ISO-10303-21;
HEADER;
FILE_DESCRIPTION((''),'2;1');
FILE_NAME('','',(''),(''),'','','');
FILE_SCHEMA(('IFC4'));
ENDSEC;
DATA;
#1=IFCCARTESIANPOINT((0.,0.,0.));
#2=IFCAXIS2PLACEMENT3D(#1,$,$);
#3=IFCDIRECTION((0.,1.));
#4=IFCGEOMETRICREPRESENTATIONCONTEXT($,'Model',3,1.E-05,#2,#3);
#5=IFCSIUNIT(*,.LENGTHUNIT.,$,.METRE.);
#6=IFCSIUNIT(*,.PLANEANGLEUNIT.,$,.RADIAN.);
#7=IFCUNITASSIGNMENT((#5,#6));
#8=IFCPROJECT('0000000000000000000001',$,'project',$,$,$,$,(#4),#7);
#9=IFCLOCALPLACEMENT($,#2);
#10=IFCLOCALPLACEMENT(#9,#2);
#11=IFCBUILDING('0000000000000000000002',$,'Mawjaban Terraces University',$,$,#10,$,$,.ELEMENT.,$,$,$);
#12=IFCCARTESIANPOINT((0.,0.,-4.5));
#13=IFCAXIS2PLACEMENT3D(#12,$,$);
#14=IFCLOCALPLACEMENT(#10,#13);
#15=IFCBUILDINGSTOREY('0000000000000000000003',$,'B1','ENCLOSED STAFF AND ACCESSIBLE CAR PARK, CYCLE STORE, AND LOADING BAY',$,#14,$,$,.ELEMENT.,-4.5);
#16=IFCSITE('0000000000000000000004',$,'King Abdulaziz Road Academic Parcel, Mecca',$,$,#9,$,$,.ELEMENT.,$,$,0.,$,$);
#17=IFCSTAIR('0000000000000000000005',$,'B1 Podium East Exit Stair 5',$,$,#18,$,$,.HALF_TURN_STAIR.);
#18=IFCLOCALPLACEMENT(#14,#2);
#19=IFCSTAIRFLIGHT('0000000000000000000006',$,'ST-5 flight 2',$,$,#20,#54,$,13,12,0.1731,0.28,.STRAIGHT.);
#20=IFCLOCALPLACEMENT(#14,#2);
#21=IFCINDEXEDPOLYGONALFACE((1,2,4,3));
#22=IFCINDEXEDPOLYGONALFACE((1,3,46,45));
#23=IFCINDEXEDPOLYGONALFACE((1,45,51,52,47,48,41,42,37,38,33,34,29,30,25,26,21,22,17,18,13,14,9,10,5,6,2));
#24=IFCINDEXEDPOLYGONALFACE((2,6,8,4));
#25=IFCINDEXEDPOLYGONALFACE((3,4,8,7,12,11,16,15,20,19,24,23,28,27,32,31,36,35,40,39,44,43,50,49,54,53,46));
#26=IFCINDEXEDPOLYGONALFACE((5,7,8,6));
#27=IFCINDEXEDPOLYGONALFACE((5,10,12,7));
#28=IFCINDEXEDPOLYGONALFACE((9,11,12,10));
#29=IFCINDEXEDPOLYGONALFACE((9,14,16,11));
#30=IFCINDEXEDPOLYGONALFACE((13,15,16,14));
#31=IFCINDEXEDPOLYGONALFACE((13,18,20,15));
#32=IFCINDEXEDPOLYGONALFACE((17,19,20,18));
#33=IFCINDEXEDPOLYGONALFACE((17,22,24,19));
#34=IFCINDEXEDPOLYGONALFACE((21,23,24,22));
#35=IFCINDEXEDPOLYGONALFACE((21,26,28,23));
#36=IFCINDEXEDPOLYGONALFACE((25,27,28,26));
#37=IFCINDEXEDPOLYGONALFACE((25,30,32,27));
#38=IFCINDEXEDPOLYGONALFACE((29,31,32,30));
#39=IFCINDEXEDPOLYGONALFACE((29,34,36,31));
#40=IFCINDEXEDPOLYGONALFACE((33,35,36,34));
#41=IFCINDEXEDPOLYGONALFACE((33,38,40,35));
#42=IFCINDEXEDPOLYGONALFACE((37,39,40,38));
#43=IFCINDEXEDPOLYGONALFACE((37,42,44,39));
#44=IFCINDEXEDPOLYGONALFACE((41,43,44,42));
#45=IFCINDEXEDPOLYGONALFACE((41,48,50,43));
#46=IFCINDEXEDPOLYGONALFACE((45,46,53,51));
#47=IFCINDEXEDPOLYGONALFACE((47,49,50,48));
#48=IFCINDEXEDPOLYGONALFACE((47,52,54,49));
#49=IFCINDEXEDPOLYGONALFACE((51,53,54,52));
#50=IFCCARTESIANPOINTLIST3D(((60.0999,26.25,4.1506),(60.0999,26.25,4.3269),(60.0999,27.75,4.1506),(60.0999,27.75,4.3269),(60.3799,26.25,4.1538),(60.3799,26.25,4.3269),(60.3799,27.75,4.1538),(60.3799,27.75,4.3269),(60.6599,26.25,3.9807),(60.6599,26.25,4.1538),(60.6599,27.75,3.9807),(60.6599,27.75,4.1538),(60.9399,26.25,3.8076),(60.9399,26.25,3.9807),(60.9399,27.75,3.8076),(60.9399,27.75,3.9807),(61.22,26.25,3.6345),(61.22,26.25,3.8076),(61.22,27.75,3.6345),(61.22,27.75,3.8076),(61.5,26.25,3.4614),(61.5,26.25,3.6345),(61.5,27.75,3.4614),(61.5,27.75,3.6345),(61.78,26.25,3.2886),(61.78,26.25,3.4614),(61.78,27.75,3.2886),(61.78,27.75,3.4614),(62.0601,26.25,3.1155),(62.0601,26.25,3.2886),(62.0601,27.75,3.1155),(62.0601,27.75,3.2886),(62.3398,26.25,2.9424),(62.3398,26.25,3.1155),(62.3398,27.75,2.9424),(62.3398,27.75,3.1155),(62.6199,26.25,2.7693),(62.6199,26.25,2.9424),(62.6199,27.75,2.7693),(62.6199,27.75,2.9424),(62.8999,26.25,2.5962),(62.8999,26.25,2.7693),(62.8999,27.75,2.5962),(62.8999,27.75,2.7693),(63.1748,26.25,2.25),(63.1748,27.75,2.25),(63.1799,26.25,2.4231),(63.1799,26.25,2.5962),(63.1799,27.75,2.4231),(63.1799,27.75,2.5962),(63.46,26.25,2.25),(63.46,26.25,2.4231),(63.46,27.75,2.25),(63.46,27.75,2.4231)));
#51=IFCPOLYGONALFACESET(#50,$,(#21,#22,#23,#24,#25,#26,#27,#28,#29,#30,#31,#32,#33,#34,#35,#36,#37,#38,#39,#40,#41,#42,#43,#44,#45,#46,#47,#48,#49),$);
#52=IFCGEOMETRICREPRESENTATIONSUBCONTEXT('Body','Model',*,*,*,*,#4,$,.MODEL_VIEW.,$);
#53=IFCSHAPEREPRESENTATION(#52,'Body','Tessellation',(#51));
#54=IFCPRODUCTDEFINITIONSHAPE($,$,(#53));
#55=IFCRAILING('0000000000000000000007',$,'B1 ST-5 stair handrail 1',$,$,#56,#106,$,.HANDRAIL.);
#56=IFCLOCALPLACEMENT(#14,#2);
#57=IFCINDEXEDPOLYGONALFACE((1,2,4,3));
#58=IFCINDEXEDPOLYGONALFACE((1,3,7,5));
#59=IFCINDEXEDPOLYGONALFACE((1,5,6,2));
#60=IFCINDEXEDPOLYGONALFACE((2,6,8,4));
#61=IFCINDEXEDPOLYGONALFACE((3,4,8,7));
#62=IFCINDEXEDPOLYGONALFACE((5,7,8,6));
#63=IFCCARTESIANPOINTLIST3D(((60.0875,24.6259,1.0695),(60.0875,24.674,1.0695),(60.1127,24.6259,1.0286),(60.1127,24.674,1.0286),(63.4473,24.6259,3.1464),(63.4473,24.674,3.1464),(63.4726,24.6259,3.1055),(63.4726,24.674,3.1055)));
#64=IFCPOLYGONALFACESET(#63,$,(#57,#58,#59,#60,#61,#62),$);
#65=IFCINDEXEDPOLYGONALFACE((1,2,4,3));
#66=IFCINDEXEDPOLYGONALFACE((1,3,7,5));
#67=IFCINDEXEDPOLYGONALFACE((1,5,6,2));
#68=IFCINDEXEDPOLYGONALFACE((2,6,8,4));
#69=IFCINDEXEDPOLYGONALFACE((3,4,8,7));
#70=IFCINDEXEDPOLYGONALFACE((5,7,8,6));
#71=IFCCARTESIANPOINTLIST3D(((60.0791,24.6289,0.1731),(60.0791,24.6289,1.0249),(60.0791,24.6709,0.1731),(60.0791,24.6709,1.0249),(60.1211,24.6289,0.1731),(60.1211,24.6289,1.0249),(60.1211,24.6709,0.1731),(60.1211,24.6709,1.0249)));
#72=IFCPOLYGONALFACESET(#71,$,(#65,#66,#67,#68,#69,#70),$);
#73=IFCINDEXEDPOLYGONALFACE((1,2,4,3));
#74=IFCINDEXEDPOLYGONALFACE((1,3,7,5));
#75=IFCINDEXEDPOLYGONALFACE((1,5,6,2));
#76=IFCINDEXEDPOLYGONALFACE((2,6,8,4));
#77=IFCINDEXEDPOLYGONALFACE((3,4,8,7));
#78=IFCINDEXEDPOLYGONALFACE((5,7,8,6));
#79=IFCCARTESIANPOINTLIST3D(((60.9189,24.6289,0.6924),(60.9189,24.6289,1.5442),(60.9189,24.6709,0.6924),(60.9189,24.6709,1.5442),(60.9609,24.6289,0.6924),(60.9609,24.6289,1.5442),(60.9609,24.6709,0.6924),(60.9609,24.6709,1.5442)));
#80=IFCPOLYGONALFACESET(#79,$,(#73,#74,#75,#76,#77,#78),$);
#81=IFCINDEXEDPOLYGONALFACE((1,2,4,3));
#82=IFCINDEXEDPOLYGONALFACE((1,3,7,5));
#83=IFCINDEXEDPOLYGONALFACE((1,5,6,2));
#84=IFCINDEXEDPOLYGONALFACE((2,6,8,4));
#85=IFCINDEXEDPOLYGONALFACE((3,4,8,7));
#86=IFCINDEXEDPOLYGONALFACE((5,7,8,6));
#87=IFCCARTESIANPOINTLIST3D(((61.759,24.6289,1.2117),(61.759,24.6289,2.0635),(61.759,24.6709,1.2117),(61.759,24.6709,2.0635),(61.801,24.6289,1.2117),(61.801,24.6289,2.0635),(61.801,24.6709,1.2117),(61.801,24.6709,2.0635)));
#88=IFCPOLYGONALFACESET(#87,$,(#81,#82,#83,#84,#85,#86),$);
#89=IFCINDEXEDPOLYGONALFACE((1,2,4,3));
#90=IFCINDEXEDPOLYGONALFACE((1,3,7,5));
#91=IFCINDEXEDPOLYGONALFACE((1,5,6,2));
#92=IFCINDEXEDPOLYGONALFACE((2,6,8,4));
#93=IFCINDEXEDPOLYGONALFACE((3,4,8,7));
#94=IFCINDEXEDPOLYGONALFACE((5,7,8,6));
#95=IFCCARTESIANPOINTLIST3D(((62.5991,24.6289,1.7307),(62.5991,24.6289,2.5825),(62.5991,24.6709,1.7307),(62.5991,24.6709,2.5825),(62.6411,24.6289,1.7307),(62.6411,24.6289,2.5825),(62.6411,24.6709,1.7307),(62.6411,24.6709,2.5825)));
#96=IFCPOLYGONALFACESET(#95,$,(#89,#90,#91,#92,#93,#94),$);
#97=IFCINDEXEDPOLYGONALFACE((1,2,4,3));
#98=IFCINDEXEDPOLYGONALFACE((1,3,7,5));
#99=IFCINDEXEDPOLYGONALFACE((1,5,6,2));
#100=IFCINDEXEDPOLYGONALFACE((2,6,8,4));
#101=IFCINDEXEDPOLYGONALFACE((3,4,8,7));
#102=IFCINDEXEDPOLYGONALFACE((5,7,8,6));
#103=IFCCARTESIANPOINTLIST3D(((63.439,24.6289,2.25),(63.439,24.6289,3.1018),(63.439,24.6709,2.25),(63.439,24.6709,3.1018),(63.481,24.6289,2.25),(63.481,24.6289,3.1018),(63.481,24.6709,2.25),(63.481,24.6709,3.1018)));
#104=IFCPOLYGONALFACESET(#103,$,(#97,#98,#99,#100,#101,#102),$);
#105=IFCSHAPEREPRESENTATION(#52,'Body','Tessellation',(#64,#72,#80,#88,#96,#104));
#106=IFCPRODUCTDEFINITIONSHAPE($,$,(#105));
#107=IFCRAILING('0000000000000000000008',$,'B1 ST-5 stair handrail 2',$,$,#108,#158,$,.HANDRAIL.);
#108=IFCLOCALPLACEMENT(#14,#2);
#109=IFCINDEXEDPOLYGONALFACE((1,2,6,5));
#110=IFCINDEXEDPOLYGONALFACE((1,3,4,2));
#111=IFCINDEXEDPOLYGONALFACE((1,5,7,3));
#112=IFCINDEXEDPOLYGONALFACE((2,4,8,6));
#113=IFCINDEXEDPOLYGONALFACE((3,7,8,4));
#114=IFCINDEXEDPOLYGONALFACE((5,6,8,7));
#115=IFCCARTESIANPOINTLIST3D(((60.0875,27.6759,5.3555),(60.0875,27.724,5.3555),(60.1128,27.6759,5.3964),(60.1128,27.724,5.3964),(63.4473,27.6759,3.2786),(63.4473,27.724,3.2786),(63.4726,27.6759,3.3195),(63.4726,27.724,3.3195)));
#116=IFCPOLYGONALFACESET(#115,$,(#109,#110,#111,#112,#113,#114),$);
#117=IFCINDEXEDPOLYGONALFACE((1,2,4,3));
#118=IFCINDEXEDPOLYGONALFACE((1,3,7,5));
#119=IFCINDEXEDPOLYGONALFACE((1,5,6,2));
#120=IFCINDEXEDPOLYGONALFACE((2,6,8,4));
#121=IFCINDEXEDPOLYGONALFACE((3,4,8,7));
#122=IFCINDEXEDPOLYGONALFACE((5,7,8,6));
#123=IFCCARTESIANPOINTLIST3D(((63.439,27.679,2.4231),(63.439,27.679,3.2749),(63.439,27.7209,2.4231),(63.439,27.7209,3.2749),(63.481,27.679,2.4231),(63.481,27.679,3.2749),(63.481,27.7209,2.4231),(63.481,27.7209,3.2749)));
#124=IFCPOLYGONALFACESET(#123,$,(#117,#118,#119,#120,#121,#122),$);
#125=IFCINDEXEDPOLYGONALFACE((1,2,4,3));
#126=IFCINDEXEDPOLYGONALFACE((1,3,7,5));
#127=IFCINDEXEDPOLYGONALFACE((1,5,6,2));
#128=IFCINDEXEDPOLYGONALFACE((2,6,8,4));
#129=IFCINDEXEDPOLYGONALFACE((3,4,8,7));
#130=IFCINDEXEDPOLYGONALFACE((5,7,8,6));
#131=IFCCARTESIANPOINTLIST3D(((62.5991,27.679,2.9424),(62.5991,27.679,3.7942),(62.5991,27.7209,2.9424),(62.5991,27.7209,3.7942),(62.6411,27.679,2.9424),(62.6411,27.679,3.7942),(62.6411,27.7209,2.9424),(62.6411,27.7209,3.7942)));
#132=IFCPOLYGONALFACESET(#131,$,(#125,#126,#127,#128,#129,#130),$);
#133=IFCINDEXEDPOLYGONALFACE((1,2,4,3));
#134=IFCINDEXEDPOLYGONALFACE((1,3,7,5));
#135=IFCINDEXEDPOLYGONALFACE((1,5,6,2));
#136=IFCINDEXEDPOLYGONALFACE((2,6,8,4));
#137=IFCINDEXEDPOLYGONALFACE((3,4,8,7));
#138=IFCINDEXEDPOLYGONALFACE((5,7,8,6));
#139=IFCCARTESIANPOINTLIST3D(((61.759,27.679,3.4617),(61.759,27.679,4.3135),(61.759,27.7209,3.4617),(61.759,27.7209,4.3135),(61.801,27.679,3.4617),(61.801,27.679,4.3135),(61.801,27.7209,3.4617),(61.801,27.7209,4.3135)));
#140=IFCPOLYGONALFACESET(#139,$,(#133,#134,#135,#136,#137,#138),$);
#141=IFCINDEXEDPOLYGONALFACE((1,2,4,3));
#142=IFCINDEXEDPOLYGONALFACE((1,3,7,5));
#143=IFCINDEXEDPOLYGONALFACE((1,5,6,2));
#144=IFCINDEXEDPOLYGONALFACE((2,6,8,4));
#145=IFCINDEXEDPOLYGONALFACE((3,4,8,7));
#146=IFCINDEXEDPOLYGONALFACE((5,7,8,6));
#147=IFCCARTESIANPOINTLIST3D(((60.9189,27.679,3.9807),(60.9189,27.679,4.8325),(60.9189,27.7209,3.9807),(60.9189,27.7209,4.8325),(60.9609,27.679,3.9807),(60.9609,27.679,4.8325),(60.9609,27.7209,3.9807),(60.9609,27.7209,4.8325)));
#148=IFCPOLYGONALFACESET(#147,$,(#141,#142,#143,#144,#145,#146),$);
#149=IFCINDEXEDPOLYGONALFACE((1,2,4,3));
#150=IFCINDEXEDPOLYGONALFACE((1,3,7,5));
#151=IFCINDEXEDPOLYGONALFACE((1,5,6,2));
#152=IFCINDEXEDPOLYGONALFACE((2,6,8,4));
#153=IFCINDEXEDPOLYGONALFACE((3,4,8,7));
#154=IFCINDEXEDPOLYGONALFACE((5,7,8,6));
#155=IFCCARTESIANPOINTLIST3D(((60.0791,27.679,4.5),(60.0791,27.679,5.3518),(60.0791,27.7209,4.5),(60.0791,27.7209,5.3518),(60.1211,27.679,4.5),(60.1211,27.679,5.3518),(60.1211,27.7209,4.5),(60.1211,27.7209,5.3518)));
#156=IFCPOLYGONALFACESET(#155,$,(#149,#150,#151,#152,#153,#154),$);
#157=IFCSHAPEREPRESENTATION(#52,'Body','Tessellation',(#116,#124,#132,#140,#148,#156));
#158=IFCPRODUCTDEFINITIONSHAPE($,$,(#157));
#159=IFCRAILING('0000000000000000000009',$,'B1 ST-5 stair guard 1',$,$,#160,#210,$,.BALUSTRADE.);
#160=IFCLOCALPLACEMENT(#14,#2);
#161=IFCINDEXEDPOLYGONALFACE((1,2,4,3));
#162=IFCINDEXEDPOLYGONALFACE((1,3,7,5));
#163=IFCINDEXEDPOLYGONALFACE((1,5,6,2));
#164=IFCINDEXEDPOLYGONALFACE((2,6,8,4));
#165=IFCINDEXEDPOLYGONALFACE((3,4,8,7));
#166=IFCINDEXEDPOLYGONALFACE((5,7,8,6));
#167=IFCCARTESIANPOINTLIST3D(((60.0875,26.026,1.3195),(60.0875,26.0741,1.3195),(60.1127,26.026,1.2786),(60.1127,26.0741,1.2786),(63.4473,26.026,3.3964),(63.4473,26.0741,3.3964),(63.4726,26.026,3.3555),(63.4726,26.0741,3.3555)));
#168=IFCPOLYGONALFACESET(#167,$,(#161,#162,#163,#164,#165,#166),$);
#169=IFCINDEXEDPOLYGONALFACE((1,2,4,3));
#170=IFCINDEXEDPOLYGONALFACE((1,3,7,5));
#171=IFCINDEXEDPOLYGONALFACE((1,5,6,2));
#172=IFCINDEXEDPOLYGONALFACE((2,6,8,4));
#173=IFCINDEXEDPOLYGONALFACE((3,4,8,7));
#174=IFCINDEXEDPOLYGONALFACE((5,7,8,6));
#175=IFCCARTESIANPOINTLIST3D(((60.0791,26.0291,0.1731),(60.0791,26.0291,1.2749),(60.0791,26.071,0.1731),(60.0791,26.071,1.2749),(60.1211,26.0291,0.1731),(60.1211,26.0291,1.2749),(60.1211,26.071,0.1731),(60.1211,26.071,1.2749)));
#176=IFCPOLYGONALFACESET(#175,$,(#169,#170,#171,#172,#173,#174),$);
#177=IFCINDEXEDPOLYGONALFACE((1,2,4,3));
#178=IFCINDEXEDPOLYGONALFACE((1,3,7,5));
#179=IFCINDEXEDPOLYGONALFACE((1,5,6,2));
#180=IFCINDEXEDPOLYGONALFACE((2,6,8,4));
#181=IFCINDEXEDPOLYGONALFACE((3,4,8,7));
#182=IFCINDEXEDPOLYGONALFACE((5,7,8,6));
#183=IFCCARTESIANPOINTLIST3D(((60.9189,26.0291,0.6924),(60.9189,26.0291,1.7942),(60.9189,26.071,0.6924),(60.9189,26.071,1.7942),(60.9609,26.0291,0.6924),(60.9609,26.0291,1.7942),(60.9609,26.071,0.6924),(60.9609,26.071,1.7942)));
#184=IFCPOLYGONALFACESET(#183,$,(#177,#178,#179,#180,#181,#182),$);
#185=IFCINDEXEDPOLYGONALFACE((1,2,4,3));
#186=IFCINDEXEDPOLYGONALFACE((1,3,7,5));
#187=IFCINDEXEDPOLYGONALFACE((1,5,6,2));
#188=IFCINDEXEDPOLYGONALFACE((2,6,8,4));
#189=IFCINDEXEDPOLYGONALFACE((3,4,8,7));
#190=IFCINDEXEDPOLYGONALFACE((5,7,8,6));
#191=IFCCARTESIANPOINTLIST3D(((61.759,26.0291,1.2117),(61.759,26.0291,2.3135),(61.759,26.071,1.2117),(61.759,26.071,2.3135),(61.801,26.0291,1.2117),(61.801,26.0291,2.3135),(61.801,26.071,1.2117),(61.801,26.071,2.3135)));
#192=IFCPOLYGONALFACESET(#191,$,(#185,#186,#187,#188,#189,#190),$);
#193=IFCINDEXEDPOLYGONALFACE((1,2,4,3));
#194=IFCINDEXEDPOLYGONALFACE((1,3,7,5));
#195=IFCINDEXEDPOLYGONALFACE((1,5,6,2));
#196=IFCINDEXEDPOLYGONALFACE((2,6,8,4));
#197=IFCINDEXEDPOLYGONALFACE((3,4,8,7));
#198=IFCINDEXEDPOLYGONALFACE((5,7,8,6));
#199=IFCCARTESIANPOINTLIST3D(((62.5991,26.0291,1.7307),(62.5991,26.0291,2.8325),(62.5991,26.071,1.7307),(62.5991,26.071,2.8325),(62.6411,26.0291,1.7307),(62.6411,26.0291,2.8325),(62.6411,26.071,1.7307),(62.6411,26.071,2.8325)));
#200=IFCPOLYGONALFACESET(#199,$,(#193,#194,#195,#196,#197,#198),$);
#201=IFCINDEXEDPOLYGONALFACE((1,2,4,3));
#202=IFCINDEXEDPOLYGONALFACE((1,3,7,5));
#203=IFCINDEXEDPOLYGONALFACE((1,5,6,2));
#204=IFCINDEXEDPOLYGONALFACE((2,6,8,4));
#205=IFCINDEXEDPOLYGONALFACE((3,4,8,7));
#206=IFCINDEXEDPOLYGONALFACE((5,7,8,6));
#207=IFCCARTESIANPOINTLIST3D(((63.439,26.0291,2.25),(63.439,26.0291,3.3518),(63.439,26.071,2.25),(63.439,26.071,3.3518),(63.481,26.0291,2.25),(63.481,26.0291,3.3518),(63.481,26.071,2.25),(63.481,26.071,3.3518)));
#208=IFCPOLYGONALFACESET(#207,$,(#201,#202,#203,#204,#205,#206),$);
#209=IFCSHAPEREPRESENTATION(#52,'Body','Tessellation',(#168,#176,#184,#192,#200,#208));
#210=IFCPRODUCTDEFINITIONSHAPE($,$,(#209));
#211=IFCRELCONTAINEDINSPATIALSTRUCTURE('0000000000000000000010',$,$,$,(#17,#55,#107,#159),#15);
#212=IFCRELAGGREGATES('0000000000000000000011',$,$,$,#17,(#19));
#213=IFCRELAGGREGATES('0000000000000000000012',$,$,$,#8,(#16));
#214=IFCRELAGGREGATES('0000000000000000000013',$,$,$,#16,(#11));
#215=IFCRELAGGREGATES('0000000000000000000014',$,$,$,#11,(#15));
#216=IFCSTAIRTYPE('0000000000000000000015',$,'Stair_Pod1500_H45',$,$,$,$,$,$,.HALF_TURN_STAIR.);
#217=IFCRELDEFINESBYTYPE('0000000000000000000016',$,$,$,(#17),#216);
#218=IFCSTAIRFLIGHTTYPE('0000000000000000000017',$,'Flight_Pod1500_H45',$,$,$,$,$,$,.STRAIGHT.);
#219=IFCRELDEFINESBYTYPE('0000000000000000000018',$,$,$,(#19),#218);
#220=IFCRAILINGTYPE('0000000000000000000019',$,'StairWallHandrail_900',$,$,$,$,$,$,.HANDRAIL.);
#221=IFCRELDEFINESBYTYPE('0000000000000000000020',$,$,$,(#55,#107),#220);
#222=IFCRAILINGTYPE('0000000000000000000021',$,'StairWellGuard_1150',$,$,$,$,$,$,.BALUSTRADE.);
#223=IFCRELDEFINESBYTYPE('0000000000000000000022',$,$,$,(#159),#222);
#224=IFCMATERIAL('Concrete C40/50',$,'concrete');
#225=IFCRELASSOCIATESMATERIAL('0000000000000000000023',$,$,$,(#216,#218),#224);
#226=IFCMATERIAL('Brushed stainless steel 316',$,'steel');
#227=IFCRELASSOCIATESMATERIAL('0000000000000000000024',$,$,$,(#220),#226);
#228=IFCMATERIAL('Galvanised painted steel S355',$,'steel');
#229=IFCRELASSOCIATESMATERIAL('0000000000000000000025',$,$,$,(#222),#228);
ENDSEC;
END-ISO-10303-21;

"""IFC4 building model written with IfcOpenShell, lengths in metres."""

from ifc_helpers import new_model, si_unit, direction, frame, origin, origin_2d, place, context, subcontext, project, spatial, polyline, rectangle, outline, extrude, material, type_object, element, aggregate, save


model = new_model("IFC4")

# Units and contexts
model_context = context("Model", 3, precision=1e-05, world=origin(), true_north=direction((0.0, 1.0)))
body_context = subcontext(model_context, "Body", "Model", "MODEL_VIEW")
ifc_project = project(units=[si_unit("LENGTHUNIT", "METRE"), si_unit("PLANEANGLEUNIT", "RADIAN")], contexts=[model_context])

# Site, building, storey
site_placement = place(None, origin())
site = spatial("IfcSite", under=ifc_project, at=site_placement, Name="King Abdulaziz Road Academic Parcel, Mecca", CompositionType="ELEMENT", RefElevation=0.0)
building_placement = place(site_placement, origin())
building = spatial("IfcBuilding", under=site, at=building_placement, Name="Mawjaban Terraces University", CompositionType="ELEMENT")
storey_placement = place(building_placement, frame((0.0, 0.0, -4.5)))
storey = spatial("IfcBuildingStorey", under=building, at=storey_placement, Name="B1", Description="ENCLOSED STAFF AND ACCESSIBLE CAR PARK, CYCLE STORE, AND LOADING BAY", CompositionType="ELEMENT", Elevation=-4.5)

# Stair, stair flight
ifc_material_1 = material(Name="Concrete C40/50", Category="concrete")
stair_type = type_object("IfcStairType", Name="Stair_Pod1500_H45", PredefinedType="HALF_TURN_STAIR", material=ifc_material_1)
stair_placement = place(storey_placement, origin())
stair = element("IfcStair", 1, at=stair_placement, inside=storey, type_object=stair_type, Name="B1 Podium East Exit Stair 5", PredefinedType="HALF_TURN_STAIR")
stair_flight_type = type_object("IfcStairFlightType", Name="Flight_Pod1500_H45", PredefinedType="STRAIGHT", material=ifc_material_1)
stair_flight_1_placement = place(storey_placement, frame((63.46, 27.0, 2.25), z_axis=(0.0, 0.0, 1.0), x_axis=(-1.0, 0.0, 0.0)))
stair_flight_1 = element("IfcStairFlight", 2, at=stair_flight_1_placement, type_object=stair_flight_type, Name="ST-5 flight 2", NumberOfRisers=13, NumberOfTreads=12, PredefinedType="STRAIGHT", RiserHeight=0.1731, TreadLength=0.28, context=body_context, shape_type="SweptSolid", body=[
    extrude(outline(polyline([(0.0, 0.0), (0.0, 0.1731), (0.28, 0.1731), (0.28, 0.3462), (0.5601, 0.3462), (0.5601, 0.5193), (0.8401, 0.5193), (0.8401, 0.6924), (1.1201, 0.6924), (1.1201, 0.8655), (1.3999, 0.8655), (1.3999, 1.0386), (1.6799, 1.0386), (1.6799, 1.2114), (1.96, 1.2114), (1.96, 1.3845), (2.24, 1.3845), (2.24, 1.5576), (2.52, 1.5576), (2.52, 1.7307), (2.8, 1.7307), (2.8, 1.9038), (3.0801, 1.9038), (3.0801, 2.0769), (3.3601, 2.0769), (3.3601, 2.25), (3.3601, 1.9006), (0.2852, 0.0), (0.0, 0.0)])), frame((0.0, 0.75, 0.0), z_axis=(0.0, -1.0, 0.0), x_axis=(1.0, 0.0, 0.0)), (0.0, 0.0, 1.0), 1.5),
])
aggregate(stair, [stair_flight_1])

# Railings
ifc_material_2 = material(Name="Brushed stainless steel 316", Category="steel")
railing_type_1 = type_object("IfcRailingType", Name="StairWallHandrail_900", PredefinedType="HANDRAIL", material=ifc_material_2)
railing_1_placement = place(storey_placement, frame((60.1001, 24.6499, 0.1731)))
element("IfcRailing", 3, at=railing_1_placement, inside=storey, type_object=railing_type_1, Name="B1 ST-5 stair handrail 1", PredefinedType="HANDRAIL", context=body_context, shape_type="SweptSolid", body=[
    extrude(rectangle(XDim=0.0481, YDim=0.0481, at=origin_2d()), frame((0.0, 0.0, 0.876), z_axis=(0.850606, 0.0, 0.525803), x_axis=(0.0, 1.0, 0.0)), (0.0, 0.0, 1.0), 3.95),
    extrude(rectangle(XDim=0.042, YDim=0.042, at=origin_2d()), origin(), (0.0, 0.0, 1.0), 0.8518),
    extrude(rectangle(XDim=0.042, YDim=0.042, at=origin_2d()), frame((0.8398, 0.0, 0.5193)), (0.0, 0.0, 1.0), 0.8518),
    extrude(rectangle(XDim=0.042, YDim=0.042, at=origin_2d()), frame((1.6799, 0.0, 1.0386)), (0.0, 0.0, 1.0), 0.8518),
    extrude(rectangle(XDim=0.042, YDim=0.042, at=origin_2d()), frame((2.52, 0.0, 1.5576)), (0.0, 0.0, 1.0), 0.8518),
    extrude(rectangle(XDim=0.042, YDim=0.042, at=origin_2d()), frame((3.3599, 0.0, 2.0769)), (0.0, 0.0, 1.0), 0.8518),
])
railing_2_placement = place(storey_placement, frame((63.46, 27.7, 2.4231)))
element("IfcRailing", 4, at=railing_2_placement, inside=storey, type_object=railing_type_1, Name="B1 ST-5 stair handrail 2", PredefinedType="HANDRAIL", context=body_context, shape_type="SweptSolid", body=[
    extrude(rectangle(XDim=0.0481, YDim=0.0481, at=origin_2d()), frame((0.0, 0.0, 0.876), z_axis=(-0.850606, 0.0, 0.525803), x_axis=(0.0, -1.0, 0.0)), (0.0, 0.0, 1.0), 3.95),
    extrude(rectangle(XDim=0.042, YDim=0.042, at=origin_2d()), origin(), (0.0, 0.0, 1.0), 0.8518),
    extrude(rectangle(XDim=0.042, YDim=0.042, at=origin_2d()), frame((-0.8398, 0.0, 0.5193)), (0.0, 0.0, 1.0), 0.8518),
    extrude(rectangle(XDim=0.042, YDim=0.042, at=origin_2d()), frame((-1.6799, 0.0, 1.0386)), (0.0, 0.0, 1.0), 0.8518),
    extrude(rectangle(XDim=0.042, YDim=0.042, at=origin_2d()), frame((-2.52, 0.0, 1.5576)), (0.0, 0.0, 1.0), 0.8518),
    extrude(rectangle(XDim=0.042, YDim=0.042, at=origin_2d()), frame((-3.3599, 0.0, 2.0769)), (0.0, 0.0, 1.0), 0.8518),
])
ifc_material_3 = material(Name="Galvanised painted steel S355", Category="steel")
railing_type_2 = type_object("IfcRailingType", Name="StairWellGuard_1150", PredefinedType="BALUSTRADE", material=ifc_material_3)
railing_3_placement = place(storey_placement, frame((60.1001, 26.05, 0.1731)))
element("IfcRailing", 5, at=railing_3_placement, inside=storey, type_object=railing_type_2, Name="B1 ST-5 stair guard 1", PredefinedType="BALUSTRADE", context=body_context, shape_type="SweptSolid", body=[
    extrude(rectangle(XDim=0.0481, YDim=0.0481, at=origin_2d()), frame((0.0, 0.0, 1.126), z_axis=(0.850606, 0.0, 0.525803), x_axis=(0.0, 1.0, 0.0)), (0.0, 0.0, 1.0), 3.95),
    extrude(rectangle(XDim=0.042, YDim=0.042, at=origin_2d()), origin(), (0.0, 0.0, 1.0), 1.1018),
    extrude(rectangle(XDim=0.042, YDim=0.042, at=origin_2d()), frame((0.8398, 0.0, 0.5193)), (0.0, 0.0, 1.0), 1.1018),
    extrude(rectangle(XDim=0.042, YDim=0.042, at=origin_2d()), frame((1.6799, 0.0, 1.0386)), (0.0, 0.0, 1.0), 1.1018),
    extrude(rectangle(XDim=0.042, YDim=0.042, at=origin_2d()), frame((2.52, 0.0, 1.5576)), (0.0, 0.0, 1.0), 1.1018),
    extrude(rectangle(XDim=0.042, YDim=0.042, at=origin_2d()), frame((3.3599, 0.0, 2.0769)), (0.0, 0.0, 1.0), 1.1018),
])

save(model, "model.ifc")
